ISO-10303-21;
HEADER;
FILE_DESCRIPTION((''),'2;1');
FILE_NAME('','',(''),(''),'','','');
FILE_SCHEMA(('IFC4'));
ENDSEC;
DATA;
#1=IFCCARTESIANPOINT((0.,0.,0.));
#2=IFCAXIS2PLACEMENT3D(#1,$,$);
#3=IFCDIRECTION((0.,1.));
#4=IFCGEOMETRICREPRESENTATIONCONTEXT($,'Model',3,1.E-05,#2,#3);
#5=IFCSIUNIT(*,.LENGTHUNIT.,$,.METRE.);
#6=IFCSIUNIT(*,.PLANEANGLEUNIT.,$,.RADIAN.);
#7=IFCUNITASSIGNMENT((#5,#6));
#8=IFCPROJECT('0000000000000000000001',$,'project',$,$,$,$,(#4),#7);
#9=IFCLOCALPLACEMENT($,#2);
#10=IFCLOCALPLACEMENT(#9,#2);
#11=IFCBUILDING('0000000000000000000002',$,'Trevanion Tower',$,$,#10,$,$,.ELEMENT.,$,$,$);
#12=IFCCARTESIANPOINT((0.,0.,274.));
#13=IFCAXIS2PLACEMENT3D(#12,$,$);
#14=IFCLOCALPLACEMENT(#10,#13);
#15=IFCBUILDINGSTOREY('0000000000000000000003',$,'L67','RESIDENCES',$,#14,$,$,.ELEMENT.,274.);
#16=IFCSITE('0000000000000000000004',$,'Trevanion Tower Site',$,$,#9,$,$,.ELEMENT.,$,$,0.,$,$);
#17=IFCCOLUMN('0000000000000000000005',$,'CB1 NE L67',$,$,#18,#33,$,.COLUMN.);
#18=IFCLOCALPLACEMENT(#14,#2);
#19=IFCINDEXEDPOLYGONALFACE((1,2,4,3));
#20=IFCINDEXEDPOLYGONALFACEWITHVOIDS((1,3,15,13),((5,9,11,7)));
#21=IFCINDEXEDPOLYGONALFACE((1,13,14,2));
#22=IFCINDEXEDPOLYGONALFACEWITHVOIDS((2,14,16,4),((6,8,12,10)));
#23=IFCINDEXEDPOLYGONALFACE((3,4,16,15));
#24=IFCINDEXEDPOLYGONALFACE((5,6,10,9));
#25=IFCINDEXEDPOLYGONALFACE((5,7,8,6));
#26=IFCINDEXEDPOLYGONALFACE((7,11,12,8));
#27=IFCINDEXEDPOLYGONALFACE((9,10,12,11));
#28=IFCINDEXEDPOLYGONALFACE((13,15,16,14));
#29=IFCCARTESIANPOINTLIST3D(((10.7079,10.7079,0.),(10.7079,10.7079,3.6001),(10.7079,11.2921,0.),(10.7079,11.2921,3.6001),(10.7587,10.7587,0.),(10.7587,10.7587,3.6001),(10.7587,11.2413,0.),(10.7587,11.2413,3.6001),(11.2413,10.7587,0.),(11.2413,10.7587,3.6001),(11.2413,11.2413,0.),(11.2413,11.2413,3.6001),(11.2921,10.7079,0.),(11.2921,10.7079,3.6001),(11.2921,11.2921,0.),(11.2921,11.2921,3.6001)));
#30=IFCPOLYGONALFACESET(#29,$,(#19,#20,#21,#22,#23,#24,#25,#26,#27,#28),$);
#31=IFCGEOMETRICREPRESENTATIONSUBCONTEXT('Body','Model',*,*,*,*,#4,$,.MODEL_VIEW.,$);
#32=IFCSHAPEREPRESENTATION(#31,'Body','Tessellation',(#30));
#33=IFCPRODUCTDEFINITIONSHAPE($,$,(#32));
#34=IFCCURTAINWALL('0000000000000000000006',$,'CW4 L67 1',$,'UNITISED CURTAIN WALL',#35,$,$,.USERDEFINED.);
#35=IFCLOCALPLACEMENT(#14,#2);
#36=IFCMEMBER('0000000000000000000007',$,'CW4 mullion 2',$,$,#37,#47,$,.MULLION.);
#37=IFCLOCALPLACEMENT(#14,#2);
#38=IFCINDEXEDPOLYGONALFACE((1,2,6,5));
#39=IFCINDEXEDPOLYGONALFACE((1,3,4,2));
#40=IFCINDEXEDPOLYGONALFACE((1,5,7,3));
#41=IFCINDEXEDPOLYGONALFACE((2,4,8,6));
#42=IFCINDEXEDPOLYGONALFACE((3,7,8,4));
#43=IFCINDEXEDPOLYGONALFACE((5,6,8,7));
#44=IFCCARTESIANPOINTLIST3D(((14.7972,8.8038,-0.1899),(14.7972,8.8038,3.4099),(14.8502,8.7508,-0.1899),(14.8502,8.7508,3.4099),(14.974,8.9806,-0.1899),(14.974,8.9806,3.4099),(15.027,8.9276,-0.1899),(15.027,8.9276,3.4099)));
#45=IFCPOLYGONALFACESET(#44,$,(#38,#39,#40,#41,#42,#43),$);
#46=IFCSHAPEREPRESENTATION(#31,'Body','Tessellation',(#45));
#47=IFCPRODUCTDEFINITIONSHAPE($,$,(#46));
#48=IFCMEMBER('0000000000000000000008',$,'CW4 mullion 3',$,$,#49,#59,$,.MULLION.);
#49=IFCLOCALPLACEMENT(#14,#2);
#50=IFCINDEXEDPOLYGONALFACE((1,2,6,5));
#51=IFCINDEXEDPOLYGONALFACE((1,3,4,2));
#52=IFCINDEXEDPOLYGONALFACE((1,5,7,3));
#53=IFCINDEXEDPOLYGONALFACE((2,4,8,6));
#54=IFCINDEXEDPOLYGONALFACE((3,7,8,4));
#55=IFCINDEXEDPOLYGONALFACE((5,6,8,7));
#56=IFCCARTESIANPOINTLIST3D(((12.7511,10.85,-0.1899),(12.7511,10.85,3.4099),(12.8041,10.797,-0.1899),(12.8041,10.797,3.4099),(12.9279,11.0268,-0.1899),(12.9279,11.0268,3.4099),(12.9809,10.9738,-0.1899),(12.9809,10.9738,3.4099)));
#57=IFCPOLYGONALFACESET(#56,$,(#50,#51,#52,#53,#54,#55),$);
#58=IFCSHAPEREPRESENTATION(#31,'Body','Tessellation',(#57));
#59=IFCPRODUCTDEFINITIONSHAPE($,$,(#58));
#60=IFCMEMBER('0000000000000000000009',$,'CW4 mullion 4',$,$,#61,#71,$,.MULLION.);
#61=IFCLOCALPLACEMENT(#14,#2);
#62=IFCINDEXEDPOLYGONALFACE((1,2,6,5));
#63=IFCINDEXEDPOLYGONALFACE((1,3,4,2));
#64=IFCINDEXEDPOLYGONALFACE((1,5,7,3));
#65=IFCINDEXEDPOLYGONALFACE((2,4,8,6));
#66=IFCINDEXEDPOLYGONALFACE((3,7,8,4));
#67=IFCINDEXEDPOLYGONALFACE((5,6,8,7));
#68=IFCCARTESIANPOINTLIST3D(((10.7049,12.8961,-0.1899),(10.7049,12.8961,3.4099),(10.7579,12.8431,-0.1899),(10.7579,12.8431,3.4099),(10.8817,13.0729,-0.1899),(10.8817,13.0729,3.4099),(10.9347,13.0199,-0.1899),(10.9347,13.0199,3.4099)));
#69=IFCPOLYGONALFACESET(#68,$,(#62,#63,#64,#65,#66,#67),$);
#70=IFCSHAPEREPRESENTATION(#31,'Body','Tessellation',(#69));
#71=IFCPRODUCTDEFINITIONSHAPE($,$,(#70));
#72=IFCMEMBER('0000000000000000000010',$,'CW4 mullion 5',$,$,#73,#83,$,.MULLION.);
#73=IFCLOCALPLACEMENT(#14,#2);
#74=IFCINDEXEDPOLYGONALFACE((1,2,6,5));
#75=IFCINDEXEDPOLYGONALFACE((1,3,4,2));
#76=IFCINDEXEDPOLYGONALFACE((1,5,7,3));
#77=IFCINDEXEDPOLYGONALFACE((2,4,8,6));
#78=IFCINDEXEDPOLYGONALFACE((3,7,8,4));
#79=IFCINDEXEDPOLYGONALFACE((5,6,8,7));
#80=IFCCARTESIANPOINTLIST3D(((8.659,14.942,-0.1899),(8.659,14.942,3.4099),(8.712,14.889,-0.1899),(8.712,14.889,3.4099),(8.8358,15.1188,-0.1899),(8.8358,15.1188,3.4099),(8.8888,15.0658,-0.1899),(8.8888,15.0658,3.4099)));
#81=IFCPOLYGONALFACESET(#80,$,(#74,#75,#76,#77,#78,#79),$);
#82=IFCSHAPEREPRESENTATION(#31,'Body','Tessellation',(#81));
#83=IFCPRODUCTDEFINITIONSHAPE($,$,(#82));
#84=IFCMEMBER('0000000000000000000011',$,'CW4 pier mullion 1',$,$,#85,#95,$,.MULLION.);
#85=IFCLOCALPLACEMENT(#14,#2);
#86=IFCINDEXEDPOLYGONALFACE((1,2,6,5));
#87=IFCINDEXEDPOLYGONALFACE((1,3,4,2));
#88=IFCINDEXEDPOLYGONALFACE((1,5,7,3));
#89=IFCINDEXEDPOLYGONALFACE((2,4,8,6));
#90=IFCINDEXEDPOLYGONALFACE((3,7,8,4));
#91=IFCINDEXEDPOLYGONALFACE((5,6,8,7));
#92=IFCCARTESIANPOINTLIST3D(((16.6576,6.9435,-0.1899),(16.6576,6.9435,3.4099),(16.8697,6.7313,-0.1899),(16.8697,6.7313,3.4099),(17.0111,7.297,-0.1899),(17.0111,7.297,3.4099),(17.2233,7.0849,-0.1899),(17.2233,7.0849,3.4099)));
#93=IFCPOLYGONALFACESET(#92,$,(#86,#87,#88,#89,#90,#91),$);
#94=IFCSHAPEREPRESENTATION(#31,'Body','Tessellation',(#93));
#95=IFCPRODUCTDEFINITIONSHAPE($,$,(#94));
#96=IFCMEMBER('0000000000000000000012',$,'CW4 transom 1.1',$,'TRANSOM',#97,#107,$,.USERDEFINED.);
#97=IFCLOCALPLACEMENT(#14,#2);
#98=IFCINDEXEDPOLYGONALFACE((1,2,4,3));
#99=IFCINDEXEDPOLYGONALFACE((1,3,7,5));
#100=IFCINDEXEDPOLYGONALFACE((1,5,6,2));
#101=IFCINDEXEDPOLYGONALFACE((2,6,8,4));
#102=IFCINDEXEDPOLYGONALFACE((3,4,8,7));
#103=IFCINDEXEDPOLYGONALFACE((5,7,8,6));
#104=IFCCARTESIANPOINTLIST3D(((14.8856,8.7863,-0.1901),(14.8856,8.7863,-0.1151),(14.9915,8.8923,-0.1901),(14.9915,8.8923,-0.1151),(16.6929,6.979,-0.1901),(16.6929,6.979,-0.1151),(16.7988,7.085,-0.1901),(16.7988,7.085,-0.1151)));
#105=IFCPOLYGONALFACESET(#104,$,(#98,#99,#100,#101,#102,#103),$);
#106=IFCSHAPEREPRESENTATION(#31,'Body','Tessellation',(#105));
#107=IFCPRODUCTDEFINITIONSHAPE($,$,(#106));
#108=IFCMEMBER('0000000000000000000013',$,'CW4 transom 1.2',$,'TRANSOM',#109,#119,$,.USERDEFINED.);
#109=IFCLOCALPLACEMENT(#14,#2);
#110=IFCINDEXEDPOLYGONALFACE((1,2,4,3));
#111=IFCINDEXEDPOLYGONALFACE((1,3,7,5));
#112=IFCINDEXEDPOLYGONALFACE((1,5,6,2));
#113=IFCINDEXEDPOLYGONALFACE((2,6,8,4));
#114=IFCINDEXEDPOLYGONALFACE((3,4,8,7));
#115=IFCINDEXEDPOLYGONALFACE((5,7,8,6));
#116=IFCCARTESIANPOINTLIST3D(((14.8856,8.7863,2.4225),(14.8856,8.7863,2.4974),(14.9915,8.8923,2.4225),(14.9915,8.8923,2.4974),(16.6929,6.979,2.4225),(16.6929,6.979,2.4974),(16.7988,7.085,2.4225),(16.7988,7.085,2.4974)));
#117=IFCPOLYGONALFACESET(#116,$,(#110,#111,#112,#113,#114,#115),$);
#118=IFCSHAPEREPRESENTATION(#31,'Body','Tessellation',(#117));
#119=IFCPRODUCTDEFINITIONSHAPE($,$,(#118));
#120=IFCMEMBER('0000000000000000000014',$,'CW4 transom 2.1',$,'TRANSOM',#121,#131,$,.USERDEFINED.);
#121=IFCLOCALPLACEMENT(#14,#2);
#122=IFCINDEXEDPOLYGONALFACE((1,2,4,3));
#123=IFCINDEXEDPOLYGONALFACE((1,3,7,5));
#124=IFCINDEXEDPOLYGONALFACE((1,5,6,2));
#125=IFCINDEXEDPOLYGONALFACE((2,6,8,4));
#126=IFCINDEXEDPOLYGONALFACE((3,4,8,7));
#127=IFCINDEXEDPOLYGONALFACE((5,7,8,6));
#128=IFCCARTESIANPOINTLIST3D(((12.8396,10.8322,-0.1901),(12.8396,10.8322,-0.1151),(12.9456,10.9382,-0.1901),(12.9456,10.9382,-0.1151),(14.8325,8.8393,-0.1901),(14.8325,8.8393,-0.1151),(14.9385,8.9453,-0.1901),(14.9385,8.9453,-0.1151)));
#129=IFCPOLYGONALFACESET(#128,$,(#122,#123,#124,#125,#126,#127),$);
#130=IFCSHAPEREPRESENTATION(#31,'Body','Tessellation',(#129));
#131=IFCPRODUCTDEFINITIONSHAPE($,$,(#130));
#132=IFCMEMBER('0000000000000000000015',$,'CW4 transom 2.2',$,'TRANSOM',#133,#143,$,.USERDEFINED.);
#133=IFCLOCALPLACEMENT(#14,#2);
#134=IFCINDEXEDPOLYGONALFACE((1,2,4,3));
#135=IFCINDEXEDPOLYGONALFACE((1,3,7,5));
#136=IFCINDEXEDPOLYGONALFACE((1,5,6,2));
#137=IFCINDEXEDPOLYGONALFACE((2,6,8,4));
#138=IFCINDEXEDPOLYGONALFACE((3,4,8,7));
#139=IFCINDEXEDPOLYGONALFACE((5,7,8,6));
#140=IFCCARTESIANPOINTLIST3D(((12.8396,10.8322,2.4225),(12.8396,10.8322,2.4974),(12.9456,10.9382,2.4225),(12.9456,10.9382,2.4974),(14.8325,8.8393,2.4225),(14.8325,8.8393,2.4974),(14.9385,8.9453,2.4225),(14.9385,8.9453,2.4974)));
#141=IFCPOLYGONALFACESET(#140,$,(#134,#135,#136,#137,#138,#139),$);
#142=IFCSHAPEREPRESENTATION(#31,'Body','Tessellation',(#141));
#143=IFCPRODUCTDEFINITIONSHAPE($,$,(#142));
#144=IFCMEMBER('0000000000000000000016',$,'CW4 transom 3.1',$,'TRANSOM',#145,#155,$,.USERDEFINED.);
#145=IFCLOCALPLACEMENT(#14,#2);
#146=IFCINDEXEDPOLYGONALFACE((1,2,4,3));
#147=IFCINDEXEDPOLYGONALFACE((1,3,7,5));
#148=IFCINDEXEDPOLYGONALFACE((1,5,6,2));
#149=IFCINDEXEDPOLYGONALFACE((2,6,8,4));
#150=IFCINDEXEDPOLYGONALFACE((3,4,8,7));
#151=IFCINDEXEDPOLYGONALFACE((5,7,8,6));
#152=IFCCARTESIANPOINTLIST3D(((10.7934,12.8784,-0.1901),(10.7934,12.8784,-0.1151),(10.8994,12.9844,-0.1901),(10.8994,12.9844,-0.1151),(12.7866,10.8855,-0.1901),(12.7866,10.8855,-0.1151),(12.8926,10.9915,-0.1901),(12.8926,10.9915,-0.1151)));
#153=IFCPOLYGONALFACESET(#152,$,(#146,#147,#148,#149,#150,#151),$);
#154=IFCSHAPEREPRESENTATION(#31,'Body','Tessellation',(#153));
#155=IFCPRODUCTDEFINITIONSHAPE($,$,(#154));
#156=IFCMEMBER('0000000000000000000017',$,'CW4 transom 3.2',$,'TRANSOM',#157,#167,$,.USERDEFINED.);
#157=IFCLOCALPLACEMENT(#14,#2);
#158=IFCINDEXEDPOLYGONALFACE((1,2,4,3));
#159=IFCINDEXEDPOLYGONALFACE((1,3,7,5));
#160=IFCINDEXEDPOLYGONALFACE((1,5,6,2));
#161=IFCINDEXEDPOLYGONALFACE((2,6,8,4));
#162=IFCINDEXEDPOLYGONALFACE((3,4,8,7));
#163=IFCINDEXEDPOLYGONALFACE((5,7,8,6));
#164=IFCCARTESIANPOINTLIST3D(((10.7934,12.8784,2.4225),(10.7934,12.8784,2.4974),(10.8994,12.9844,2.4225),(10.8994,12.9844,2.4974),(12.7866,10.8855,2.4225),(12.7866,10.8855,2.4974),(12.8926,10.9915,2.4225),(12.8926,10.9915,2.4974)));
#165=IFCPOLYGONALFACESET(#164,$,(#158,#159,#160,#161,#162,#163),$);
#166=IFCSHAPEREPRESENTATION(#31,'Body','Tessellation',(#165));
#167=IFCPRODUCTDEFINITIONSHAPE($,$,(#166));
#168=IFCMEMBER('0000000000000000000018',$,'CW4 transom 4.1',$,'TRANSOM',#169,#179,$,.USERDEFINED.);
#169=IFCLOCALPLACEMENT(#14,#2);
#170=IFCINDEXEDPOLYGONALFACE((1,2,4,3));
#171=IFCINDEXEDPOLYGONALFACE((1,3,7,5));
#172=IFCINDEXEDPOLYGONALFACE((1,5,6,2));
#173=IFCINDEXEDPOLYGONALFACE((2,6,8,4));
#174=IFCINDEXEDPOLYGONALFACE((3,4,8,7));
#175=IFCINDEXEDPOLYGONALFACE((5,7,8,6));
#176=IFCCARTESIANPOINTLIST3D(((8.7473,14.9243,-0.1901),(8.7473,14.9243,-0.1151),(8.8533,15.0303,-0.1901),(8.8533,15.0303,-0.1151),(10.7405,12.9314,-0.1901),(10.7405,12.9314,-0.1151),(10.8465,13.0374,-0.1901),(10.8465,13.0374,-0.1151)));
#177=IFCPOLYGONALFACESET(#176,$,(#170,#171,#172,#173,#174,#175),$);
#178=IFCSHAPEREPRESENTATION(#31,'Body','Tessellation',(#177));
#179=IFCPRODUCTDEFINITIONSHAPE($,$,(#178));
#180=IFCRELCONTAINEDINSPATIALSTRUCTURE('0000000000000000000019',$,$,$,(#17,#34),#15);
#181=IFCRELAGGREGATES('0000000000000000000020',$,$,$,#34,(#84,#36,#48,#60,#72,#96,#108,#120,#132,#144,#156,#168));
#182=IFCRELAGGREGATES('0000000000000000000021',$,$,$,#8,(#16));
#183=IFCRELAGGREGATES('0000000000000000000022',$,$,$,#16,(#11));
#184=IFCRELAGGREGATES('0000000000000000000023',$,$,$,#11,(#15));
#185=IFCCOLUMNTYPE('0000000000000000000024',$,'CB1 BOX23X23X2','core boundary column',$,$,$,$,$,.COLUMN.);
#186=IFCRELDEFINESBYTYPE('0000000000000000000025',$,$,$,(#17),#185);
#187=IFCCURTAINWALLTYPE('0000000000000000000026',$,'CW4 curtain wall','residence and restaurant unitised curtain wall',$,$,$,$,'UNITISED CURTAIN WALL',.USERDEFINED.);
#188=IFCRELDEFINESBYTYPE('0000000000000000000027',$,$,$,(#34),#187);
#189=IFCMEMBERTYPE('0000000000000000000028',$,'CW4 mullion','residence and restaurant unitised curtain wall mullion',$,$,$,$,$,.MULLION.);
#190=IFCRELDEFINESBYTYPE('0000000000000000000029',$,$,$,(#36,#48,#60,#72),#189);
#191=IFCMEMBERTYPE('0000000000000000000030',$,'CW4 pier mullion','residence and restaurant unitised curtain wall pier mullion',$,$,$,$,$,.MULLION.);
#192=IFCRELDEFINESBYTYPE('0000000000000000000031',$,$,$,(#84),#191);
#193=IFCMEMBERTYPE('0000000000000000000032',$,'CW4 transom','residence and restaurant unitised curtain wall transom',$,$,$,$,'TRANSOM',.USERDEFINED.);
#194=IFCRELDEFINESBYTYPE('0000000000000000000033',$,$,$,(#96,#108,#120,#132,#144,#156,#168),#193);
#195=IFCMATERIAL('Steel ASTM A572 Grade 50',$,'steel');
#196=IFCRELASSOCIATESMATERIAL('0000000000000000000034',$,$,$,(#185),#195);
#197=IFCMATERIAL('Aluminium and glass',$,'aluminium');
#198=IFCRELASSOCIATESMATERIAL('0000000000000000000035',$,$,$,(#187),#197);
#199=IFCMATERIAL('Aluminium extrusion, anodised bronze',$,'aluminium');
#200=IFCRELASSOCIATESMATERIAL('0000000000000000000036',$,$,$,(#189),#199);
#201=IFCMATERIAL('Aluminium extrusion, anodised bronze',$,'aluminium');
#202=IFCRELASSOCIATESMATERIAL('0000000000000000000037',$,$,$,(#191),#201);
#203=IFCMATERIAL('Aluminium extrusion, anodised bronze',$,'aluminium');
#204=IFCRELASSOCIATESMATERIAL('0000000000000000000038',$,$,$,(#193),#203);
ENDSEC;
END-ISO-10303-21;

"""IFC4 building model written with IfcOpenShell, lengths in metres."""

from ifc_helpers import new_model, si_unit, direction, frame, origin, origin_2d, place, context, subcontext, project, spatial, rectangle, hollow_rectangle, extrude, material, material_profile, profile_set, type_object, element, aggregate, save


model = new_model("IFC4")

# Units and contexts
model_context = context("Model", 3, precision=1e-05, world=origin(), true_north=direction((0.0, 1.0)))
body_context = subcontext(model_context, "Body", "Model", "MODEL_VIEW")
ifc_project = project(units=[si_unit("LENGTHUNIT", "METRE"), si_unit("PLANEANGLEUNIT", "RADIAN")], contexts=[model_context])

# Site, building, storey
site_placement = place(None, origin())
site = spatial("IfcSite", under=ifc_project, at=site_placement, Name="Trevanion Tower Site", CompositionType="ELEMENT", RefElevation=0.0)
building_placement = place(site_placement, origin())
building = spatial("IfcBuilding", under=site, at=building_placement, Name="Trevanion Tower", CompositionType="ELEMENT")
storey_placement = place(building_placement, frame((0.0, 0.0, 274.0)))
storey = spatial("IfcBuildingStorey", under=building, at=storey_placement, Name="L67", Description="RESIDENCES", CompositionType="ELEMENT", Elevation=274.0)

# Column
ifc_material_1 = material(Name="Steel ASTM A572 Grade 50", Category="steel")
ifc_material_profile_1 = material_profile(ifc_material_1, hollow_rectangle(XDim=0.5842, YDim=0.5842, WallThickness=0.0508, at=origin_2d()), Name="BOX23X23X2")
ifc_profile_set_1 = profile_set([ifc_material_profile_1], Name="Steel ASTM A572 Grade 50")
column_type = type_object("IfcColumnType", Name="CB1 BOX23X23X2", Description="core boundary column", PredefinedType="COLUMN", material=ifc_profile_set_1)
column_placement = place(storey_placement, frame((11.0, 11.0, 0.0), z_axis=(0.0, 0.0, 1.0), x_axis=(1.0, 0.0, 0.0)))
element("IfcColumn", 1, at=column_placement, inside=storey, type_object=column_type, Name="CB1 NE L67", PredefinedType="COLUMN", context=body_context, shape_type="SweptSolid", body=[
    extrude(hollow_rectangle(XDim=0.5842, YDim=0.5842, WallThickness=0.0508, at=origin_2d()), origin(), (0.0, 0.0, 1.0), 3.6001),
])

# Curtain wall, members
ifc_material_2 = material(Name="Aluminium and glass", Category="aluminium")
curtain_wall_type = type_object("IfcCurtainWallType", Name="CW4 curtain wall", Description="residence and restaurant unitised curtain wall", ElementType="UNITISED CURTAIN WALL", PredefinedType="USERDEFINED", material=ifc_material_2)
curtain_wall_placement = place(storey_placement, origin())
curtain_wall = element("IfcCurtainWall", 2, at=curtain_wall_placement, inside=storey, type_object=curtain_wall_type, Name="CW4 L67 1", ObjectType="UNITISED CURTAIN WALL", PredefinedType="USERDEFINED")
ifc_material_3 = material(Name="Aluminium extrusion, anodised bronze", Category="aluminium")
ifc_material_profile_2 = material_profile(ifc_material_3, rectangle(XDim=0.075, YDim=0.25, at=origin_2d()), Name="CW4 mullion")
ifc_profile_set_2 = profile_set([ifc_material_profile_2], Name="Aluminium extrusion, anodised bronze")
member_type_1 = type_object("IfcMemberType", Name="CW4 mullion", Description="residence and restaurant unitised curtain wall mullion", PredefinedType="MULLION", material=ifc_profile_set_2)
member_1_placement = place(storey_placement, frame((14.9121, 8.8657, -0.1899), z_axis=(0.0, 0.0, 1.0), x_axis=(-0.707107, 0.707107, 0.0)))
member_1 = element("IfcMember", 3, at=member_1_placement, type_object=member_type_1, Name="CW4 mullion 2", PredefinedType="MULLION", context=body_context, shape_type="SweptSolid", body=[
    extrude(rectangle(XDim=0.075, YDim=0.25, at=origin_2d()), origin(), (0.0, 0.0, 1.0), 3.5999),
])
member_2_placement = place(storey_placement, frame((12.866, 10.9119, -0.1899), z_axis=(0.0, 0.0, 1.0), x_axis=(-0.707107, 0.707107, 0.0)))
member_2 = element("IfcMember", 4, at=member_2_placement, type_object=member_type_1, Name="CW4 mullion 3", PredefinedType="MULLION", context=body_context, shape_type="SweptSolid", body=[
    extrude(rectangle(XDim=0.075, YDim=0.25, at=origin_2d()), origin(), (0.0, 0.0, 1.0), 3.5999),
])
member_3_placement = place(storey_placement, frame((10.8198, 12.958, -0.1899), z_axis=(0.0, 0.0, 1.0), x_axis=(-0.707107, 0.707107, 0.0)))
member_3 = element("IfcMember", 5, at=member_3_placement, type_object=member_type_1, Name="CW4 mullion 4", PredefinedType="MULLION", context=body_context, shape_type="SweptSolid", body=[
    extrude(rectangle(XDim=0.075, YDim=0.25, at=origin_2d()), origin(), (0.0, 0.0, 1.0), 3.5999),
])
member_4_placement = place(storey_placement, frame((8.7739, 15.0039, -0.1899), z_axis=(0.0, 0.0, 1.0), x_axis=(-0.707107, 0.707107, 0.0)))
member_4 = element("IfcMember", 6, at=member_4_placement, type_object=member_type_1, Name="CW4 mullion 5", PredefinedType="MULLION", context=body_context, shape_type="SweptSolid", body=[
    extrude(rectangle(XDim=0.075, YDim=0.25, at=origin_2d()), origin(), (0.0, 0.0, 1.0), 3.5999),
])
ifc_material_4 = material(Name="Aluminium extrusion, anodised bronze", Category="aluminium")
ifc_material_profile_3 = material_profile(ifc_material_4, rectangle(XDim=0.3, YDim=0.5, at=origin_2d()), Name="CW4 pier mullion")
ifc_profile_set_3 = profile_set([ifc_material_profile_3], Name="Aluminium extrusion, anodised bronze")
member_type_2 = type_object("IfcMemberType", Name="CW4 pier mullion", Description="residence and restaurant unitised curtain wall pier mullion", PredefinedType="MULLION", material=ifc_profile_set_3)
member_5_placement = place(storey_placement, frame((16.9404, 7.0142, -0.1899), z_axis=(0.0, 0.0, 1.0), x_axis=(-0.707107, 0.707107, 0.0)))
member_5 = element("IfcMember", 7, at=member_5_placement, type_object=member_type_2, Name="CW4 pier mullion 1", PredefinedType="MULLION", context=body_context, shape_type="SweptSolid", body=[
    extrude(rectangle(XDim=0.3, YDim=0.5, at=origin_2d()), origin(), (0.0, 0.0, 1.0), 3.5999),
])
ifc_material_5 = material(Name="Aluminium extrusion, anodised bronze", Category="aluminium")
ifc_material_profile_4 = material_profile(ifc_material_5, rectangle(XDim=0.1499, YDim=0.075, at=origin_2d()), Name="CW4 transom")
ifc_profile_set_4 = profile_set([ifc_material_profile_4], Name="Aluminium extrusion, anodised bronze")
member_type_3 = type_object("IfcMemberType", Name="CW4 transom", Description="residence and restaurant unitised curtain wall transom", ElementType="TRANSOM", PredefinedType="USERDEFINED", material=ifc_profile_set_4)
member_6_placement = place(storey_placement, frame((16.7458, 7.032, -0.1526), z_axis=(-0.707107, 0.707107, 0.0), x_axis=(-0.707107, -0.707107, 0.0)))
member_6 = element("IfcMember", 8, at=member_6_placement, type_object=member_type_3, Name="CW4 transom 1.1", ObjectType="TRANSOM", PredefinedType="USERDEFINED", context=body_context, shape_type="SweptSolid", body=[
    extrude(rectangle(XDim=0.1499, YDim=0.075, at=origin_2d()), origin(), (0.0, 0.0, 1.0), 2.5559),
])
member_7_placement = place(storey_placement, frame((16.7458, 7.032, 2.46), z_axis=(-0.707107, 0.707107, 0.0), x_axis=(-0.707107, -0.707107, 0.0)))
member_7 = element("IfcMember", 9, at=member_7_placement, type_object=member_type_3, Name="CW4 transom 1.2", ObjectType="TRANSOM", PredefinedType="USERDEFINED", context=body_context, shape_type="SweptSolid", body=[
    extrude(rectangle(XDim=0.1499, YDim=0.075, at=origin_2d()), origin(), (0.0, 0.0, 1.0), 2.5559),
])
member_8_placement = place(storey_placement, frame((14.8855, 8.8923, -0.1526), z_axis=(-0.707107, 0.707107, 0.0), x_axis=(-0.707107, -0.707107, 0.0)))
member_8 = element("IfcMember", 10, at=member_8_placement, type_object=member_type_3, Name="CW4 transom 2.1", ObjectType="TRANSOM", PredefinedType="USERDEFINED", context=body_context, shape_type="SweptSolid", body=[
    extrude(rectangle(XDim=0.1499, YDim=0.075, at=origin_2d()), origin(), (0.0, 0.0, 1.0), 2.8184),
])
member_9_placement = place(storey_placement, frame((14.8855, 8.8923, 2.46), z_axis=(-0.707107, 0.707107, 0.0), x_axis=(-0.707107, -0.707107, 0.0)))
member_9 = element("IfcMember", 11, at=member_9_placement, type_object=member_type_3, Name="CW4 transom 2.2", ObjectType="TRANSOM", PredefinedType="USERDEFINED", context=body_context, shape_type="SweptSolid", body=[
    extrude(rectangle(XDim=0.1499, YDim=0.075, at=origin_2d()), origin(), (0.0, 0.0, 1.0), 2.8184),
])
member_10_placement = place(storey_placement, frame((12.8396, 10.9385, -0.1526), z_axis=(-0.70715, 0.707063, 0.0), x_axis=(-0.707063, -0.70715, 0.0)))
member_10 = element("IfcMember", 12, at=member_10_placement, type_object=member_type_3, Name="CW4 transom 3.1", ObjectType="TRANSOM", PredefinedType="USERDEFINED", context=body_context, shape_type="SweptSolid", body=[
    extrude(rectangle(XDim=0.1499, YDim=0.075, at=origin_2d()), origin(), (0.0, 0.0, 1.0), 2.8186),
])
member_11_placement = place(storey_placement, frame((12.8396, 10.9385, 2.46), z_axis=(-0.70715, 0.707063, 0.0), x_axis=(-0.707063, -0.70715, 0.0)))
member_11 = element("IfcMember", 13, at=member_11_placement, type_object=member_type_3, Name="CW4 transom 3.2", ObjectType="TRANSOM", PredefinedType="USERDEFINED", context=body_context, shape_type="SweptSolid", body=[
    extrude(rectangle(XDim=0.1499, YDim=0.075, at=origin_2d()), origin(), (0.0, 0.0, 1.0), 2.8186),
])
member_12_placement = place(storey_placement, frame((10.7935, 12.9844, -0.1526), z_axis=(-0.70715, 0.707063, 0.0), x_axis=(-0.707063, -0.70715, 0.0)))
member_12 = element("IfcMember", 14, at=member_12_placement, type_object=member_type_3, Name="CW4 transom 4.1", ObjectType="TRANSOM", PredefinedType="USERDEFINED", context=body_context, shape_type="SweptSolid", body=[
    extrude(rectangle(XDim=0.1499, YDim=0.075, at=origin_2d()), origin(), (0.0, 0.0, 1.0), 2.8186),
])
aggregate(curtain_wall, [member_5, member_1, member_2, member_3, member_4, member_6, member_7, member_8, member_9, member_10, member_11, member_12])

save(model, "model.ifc")
